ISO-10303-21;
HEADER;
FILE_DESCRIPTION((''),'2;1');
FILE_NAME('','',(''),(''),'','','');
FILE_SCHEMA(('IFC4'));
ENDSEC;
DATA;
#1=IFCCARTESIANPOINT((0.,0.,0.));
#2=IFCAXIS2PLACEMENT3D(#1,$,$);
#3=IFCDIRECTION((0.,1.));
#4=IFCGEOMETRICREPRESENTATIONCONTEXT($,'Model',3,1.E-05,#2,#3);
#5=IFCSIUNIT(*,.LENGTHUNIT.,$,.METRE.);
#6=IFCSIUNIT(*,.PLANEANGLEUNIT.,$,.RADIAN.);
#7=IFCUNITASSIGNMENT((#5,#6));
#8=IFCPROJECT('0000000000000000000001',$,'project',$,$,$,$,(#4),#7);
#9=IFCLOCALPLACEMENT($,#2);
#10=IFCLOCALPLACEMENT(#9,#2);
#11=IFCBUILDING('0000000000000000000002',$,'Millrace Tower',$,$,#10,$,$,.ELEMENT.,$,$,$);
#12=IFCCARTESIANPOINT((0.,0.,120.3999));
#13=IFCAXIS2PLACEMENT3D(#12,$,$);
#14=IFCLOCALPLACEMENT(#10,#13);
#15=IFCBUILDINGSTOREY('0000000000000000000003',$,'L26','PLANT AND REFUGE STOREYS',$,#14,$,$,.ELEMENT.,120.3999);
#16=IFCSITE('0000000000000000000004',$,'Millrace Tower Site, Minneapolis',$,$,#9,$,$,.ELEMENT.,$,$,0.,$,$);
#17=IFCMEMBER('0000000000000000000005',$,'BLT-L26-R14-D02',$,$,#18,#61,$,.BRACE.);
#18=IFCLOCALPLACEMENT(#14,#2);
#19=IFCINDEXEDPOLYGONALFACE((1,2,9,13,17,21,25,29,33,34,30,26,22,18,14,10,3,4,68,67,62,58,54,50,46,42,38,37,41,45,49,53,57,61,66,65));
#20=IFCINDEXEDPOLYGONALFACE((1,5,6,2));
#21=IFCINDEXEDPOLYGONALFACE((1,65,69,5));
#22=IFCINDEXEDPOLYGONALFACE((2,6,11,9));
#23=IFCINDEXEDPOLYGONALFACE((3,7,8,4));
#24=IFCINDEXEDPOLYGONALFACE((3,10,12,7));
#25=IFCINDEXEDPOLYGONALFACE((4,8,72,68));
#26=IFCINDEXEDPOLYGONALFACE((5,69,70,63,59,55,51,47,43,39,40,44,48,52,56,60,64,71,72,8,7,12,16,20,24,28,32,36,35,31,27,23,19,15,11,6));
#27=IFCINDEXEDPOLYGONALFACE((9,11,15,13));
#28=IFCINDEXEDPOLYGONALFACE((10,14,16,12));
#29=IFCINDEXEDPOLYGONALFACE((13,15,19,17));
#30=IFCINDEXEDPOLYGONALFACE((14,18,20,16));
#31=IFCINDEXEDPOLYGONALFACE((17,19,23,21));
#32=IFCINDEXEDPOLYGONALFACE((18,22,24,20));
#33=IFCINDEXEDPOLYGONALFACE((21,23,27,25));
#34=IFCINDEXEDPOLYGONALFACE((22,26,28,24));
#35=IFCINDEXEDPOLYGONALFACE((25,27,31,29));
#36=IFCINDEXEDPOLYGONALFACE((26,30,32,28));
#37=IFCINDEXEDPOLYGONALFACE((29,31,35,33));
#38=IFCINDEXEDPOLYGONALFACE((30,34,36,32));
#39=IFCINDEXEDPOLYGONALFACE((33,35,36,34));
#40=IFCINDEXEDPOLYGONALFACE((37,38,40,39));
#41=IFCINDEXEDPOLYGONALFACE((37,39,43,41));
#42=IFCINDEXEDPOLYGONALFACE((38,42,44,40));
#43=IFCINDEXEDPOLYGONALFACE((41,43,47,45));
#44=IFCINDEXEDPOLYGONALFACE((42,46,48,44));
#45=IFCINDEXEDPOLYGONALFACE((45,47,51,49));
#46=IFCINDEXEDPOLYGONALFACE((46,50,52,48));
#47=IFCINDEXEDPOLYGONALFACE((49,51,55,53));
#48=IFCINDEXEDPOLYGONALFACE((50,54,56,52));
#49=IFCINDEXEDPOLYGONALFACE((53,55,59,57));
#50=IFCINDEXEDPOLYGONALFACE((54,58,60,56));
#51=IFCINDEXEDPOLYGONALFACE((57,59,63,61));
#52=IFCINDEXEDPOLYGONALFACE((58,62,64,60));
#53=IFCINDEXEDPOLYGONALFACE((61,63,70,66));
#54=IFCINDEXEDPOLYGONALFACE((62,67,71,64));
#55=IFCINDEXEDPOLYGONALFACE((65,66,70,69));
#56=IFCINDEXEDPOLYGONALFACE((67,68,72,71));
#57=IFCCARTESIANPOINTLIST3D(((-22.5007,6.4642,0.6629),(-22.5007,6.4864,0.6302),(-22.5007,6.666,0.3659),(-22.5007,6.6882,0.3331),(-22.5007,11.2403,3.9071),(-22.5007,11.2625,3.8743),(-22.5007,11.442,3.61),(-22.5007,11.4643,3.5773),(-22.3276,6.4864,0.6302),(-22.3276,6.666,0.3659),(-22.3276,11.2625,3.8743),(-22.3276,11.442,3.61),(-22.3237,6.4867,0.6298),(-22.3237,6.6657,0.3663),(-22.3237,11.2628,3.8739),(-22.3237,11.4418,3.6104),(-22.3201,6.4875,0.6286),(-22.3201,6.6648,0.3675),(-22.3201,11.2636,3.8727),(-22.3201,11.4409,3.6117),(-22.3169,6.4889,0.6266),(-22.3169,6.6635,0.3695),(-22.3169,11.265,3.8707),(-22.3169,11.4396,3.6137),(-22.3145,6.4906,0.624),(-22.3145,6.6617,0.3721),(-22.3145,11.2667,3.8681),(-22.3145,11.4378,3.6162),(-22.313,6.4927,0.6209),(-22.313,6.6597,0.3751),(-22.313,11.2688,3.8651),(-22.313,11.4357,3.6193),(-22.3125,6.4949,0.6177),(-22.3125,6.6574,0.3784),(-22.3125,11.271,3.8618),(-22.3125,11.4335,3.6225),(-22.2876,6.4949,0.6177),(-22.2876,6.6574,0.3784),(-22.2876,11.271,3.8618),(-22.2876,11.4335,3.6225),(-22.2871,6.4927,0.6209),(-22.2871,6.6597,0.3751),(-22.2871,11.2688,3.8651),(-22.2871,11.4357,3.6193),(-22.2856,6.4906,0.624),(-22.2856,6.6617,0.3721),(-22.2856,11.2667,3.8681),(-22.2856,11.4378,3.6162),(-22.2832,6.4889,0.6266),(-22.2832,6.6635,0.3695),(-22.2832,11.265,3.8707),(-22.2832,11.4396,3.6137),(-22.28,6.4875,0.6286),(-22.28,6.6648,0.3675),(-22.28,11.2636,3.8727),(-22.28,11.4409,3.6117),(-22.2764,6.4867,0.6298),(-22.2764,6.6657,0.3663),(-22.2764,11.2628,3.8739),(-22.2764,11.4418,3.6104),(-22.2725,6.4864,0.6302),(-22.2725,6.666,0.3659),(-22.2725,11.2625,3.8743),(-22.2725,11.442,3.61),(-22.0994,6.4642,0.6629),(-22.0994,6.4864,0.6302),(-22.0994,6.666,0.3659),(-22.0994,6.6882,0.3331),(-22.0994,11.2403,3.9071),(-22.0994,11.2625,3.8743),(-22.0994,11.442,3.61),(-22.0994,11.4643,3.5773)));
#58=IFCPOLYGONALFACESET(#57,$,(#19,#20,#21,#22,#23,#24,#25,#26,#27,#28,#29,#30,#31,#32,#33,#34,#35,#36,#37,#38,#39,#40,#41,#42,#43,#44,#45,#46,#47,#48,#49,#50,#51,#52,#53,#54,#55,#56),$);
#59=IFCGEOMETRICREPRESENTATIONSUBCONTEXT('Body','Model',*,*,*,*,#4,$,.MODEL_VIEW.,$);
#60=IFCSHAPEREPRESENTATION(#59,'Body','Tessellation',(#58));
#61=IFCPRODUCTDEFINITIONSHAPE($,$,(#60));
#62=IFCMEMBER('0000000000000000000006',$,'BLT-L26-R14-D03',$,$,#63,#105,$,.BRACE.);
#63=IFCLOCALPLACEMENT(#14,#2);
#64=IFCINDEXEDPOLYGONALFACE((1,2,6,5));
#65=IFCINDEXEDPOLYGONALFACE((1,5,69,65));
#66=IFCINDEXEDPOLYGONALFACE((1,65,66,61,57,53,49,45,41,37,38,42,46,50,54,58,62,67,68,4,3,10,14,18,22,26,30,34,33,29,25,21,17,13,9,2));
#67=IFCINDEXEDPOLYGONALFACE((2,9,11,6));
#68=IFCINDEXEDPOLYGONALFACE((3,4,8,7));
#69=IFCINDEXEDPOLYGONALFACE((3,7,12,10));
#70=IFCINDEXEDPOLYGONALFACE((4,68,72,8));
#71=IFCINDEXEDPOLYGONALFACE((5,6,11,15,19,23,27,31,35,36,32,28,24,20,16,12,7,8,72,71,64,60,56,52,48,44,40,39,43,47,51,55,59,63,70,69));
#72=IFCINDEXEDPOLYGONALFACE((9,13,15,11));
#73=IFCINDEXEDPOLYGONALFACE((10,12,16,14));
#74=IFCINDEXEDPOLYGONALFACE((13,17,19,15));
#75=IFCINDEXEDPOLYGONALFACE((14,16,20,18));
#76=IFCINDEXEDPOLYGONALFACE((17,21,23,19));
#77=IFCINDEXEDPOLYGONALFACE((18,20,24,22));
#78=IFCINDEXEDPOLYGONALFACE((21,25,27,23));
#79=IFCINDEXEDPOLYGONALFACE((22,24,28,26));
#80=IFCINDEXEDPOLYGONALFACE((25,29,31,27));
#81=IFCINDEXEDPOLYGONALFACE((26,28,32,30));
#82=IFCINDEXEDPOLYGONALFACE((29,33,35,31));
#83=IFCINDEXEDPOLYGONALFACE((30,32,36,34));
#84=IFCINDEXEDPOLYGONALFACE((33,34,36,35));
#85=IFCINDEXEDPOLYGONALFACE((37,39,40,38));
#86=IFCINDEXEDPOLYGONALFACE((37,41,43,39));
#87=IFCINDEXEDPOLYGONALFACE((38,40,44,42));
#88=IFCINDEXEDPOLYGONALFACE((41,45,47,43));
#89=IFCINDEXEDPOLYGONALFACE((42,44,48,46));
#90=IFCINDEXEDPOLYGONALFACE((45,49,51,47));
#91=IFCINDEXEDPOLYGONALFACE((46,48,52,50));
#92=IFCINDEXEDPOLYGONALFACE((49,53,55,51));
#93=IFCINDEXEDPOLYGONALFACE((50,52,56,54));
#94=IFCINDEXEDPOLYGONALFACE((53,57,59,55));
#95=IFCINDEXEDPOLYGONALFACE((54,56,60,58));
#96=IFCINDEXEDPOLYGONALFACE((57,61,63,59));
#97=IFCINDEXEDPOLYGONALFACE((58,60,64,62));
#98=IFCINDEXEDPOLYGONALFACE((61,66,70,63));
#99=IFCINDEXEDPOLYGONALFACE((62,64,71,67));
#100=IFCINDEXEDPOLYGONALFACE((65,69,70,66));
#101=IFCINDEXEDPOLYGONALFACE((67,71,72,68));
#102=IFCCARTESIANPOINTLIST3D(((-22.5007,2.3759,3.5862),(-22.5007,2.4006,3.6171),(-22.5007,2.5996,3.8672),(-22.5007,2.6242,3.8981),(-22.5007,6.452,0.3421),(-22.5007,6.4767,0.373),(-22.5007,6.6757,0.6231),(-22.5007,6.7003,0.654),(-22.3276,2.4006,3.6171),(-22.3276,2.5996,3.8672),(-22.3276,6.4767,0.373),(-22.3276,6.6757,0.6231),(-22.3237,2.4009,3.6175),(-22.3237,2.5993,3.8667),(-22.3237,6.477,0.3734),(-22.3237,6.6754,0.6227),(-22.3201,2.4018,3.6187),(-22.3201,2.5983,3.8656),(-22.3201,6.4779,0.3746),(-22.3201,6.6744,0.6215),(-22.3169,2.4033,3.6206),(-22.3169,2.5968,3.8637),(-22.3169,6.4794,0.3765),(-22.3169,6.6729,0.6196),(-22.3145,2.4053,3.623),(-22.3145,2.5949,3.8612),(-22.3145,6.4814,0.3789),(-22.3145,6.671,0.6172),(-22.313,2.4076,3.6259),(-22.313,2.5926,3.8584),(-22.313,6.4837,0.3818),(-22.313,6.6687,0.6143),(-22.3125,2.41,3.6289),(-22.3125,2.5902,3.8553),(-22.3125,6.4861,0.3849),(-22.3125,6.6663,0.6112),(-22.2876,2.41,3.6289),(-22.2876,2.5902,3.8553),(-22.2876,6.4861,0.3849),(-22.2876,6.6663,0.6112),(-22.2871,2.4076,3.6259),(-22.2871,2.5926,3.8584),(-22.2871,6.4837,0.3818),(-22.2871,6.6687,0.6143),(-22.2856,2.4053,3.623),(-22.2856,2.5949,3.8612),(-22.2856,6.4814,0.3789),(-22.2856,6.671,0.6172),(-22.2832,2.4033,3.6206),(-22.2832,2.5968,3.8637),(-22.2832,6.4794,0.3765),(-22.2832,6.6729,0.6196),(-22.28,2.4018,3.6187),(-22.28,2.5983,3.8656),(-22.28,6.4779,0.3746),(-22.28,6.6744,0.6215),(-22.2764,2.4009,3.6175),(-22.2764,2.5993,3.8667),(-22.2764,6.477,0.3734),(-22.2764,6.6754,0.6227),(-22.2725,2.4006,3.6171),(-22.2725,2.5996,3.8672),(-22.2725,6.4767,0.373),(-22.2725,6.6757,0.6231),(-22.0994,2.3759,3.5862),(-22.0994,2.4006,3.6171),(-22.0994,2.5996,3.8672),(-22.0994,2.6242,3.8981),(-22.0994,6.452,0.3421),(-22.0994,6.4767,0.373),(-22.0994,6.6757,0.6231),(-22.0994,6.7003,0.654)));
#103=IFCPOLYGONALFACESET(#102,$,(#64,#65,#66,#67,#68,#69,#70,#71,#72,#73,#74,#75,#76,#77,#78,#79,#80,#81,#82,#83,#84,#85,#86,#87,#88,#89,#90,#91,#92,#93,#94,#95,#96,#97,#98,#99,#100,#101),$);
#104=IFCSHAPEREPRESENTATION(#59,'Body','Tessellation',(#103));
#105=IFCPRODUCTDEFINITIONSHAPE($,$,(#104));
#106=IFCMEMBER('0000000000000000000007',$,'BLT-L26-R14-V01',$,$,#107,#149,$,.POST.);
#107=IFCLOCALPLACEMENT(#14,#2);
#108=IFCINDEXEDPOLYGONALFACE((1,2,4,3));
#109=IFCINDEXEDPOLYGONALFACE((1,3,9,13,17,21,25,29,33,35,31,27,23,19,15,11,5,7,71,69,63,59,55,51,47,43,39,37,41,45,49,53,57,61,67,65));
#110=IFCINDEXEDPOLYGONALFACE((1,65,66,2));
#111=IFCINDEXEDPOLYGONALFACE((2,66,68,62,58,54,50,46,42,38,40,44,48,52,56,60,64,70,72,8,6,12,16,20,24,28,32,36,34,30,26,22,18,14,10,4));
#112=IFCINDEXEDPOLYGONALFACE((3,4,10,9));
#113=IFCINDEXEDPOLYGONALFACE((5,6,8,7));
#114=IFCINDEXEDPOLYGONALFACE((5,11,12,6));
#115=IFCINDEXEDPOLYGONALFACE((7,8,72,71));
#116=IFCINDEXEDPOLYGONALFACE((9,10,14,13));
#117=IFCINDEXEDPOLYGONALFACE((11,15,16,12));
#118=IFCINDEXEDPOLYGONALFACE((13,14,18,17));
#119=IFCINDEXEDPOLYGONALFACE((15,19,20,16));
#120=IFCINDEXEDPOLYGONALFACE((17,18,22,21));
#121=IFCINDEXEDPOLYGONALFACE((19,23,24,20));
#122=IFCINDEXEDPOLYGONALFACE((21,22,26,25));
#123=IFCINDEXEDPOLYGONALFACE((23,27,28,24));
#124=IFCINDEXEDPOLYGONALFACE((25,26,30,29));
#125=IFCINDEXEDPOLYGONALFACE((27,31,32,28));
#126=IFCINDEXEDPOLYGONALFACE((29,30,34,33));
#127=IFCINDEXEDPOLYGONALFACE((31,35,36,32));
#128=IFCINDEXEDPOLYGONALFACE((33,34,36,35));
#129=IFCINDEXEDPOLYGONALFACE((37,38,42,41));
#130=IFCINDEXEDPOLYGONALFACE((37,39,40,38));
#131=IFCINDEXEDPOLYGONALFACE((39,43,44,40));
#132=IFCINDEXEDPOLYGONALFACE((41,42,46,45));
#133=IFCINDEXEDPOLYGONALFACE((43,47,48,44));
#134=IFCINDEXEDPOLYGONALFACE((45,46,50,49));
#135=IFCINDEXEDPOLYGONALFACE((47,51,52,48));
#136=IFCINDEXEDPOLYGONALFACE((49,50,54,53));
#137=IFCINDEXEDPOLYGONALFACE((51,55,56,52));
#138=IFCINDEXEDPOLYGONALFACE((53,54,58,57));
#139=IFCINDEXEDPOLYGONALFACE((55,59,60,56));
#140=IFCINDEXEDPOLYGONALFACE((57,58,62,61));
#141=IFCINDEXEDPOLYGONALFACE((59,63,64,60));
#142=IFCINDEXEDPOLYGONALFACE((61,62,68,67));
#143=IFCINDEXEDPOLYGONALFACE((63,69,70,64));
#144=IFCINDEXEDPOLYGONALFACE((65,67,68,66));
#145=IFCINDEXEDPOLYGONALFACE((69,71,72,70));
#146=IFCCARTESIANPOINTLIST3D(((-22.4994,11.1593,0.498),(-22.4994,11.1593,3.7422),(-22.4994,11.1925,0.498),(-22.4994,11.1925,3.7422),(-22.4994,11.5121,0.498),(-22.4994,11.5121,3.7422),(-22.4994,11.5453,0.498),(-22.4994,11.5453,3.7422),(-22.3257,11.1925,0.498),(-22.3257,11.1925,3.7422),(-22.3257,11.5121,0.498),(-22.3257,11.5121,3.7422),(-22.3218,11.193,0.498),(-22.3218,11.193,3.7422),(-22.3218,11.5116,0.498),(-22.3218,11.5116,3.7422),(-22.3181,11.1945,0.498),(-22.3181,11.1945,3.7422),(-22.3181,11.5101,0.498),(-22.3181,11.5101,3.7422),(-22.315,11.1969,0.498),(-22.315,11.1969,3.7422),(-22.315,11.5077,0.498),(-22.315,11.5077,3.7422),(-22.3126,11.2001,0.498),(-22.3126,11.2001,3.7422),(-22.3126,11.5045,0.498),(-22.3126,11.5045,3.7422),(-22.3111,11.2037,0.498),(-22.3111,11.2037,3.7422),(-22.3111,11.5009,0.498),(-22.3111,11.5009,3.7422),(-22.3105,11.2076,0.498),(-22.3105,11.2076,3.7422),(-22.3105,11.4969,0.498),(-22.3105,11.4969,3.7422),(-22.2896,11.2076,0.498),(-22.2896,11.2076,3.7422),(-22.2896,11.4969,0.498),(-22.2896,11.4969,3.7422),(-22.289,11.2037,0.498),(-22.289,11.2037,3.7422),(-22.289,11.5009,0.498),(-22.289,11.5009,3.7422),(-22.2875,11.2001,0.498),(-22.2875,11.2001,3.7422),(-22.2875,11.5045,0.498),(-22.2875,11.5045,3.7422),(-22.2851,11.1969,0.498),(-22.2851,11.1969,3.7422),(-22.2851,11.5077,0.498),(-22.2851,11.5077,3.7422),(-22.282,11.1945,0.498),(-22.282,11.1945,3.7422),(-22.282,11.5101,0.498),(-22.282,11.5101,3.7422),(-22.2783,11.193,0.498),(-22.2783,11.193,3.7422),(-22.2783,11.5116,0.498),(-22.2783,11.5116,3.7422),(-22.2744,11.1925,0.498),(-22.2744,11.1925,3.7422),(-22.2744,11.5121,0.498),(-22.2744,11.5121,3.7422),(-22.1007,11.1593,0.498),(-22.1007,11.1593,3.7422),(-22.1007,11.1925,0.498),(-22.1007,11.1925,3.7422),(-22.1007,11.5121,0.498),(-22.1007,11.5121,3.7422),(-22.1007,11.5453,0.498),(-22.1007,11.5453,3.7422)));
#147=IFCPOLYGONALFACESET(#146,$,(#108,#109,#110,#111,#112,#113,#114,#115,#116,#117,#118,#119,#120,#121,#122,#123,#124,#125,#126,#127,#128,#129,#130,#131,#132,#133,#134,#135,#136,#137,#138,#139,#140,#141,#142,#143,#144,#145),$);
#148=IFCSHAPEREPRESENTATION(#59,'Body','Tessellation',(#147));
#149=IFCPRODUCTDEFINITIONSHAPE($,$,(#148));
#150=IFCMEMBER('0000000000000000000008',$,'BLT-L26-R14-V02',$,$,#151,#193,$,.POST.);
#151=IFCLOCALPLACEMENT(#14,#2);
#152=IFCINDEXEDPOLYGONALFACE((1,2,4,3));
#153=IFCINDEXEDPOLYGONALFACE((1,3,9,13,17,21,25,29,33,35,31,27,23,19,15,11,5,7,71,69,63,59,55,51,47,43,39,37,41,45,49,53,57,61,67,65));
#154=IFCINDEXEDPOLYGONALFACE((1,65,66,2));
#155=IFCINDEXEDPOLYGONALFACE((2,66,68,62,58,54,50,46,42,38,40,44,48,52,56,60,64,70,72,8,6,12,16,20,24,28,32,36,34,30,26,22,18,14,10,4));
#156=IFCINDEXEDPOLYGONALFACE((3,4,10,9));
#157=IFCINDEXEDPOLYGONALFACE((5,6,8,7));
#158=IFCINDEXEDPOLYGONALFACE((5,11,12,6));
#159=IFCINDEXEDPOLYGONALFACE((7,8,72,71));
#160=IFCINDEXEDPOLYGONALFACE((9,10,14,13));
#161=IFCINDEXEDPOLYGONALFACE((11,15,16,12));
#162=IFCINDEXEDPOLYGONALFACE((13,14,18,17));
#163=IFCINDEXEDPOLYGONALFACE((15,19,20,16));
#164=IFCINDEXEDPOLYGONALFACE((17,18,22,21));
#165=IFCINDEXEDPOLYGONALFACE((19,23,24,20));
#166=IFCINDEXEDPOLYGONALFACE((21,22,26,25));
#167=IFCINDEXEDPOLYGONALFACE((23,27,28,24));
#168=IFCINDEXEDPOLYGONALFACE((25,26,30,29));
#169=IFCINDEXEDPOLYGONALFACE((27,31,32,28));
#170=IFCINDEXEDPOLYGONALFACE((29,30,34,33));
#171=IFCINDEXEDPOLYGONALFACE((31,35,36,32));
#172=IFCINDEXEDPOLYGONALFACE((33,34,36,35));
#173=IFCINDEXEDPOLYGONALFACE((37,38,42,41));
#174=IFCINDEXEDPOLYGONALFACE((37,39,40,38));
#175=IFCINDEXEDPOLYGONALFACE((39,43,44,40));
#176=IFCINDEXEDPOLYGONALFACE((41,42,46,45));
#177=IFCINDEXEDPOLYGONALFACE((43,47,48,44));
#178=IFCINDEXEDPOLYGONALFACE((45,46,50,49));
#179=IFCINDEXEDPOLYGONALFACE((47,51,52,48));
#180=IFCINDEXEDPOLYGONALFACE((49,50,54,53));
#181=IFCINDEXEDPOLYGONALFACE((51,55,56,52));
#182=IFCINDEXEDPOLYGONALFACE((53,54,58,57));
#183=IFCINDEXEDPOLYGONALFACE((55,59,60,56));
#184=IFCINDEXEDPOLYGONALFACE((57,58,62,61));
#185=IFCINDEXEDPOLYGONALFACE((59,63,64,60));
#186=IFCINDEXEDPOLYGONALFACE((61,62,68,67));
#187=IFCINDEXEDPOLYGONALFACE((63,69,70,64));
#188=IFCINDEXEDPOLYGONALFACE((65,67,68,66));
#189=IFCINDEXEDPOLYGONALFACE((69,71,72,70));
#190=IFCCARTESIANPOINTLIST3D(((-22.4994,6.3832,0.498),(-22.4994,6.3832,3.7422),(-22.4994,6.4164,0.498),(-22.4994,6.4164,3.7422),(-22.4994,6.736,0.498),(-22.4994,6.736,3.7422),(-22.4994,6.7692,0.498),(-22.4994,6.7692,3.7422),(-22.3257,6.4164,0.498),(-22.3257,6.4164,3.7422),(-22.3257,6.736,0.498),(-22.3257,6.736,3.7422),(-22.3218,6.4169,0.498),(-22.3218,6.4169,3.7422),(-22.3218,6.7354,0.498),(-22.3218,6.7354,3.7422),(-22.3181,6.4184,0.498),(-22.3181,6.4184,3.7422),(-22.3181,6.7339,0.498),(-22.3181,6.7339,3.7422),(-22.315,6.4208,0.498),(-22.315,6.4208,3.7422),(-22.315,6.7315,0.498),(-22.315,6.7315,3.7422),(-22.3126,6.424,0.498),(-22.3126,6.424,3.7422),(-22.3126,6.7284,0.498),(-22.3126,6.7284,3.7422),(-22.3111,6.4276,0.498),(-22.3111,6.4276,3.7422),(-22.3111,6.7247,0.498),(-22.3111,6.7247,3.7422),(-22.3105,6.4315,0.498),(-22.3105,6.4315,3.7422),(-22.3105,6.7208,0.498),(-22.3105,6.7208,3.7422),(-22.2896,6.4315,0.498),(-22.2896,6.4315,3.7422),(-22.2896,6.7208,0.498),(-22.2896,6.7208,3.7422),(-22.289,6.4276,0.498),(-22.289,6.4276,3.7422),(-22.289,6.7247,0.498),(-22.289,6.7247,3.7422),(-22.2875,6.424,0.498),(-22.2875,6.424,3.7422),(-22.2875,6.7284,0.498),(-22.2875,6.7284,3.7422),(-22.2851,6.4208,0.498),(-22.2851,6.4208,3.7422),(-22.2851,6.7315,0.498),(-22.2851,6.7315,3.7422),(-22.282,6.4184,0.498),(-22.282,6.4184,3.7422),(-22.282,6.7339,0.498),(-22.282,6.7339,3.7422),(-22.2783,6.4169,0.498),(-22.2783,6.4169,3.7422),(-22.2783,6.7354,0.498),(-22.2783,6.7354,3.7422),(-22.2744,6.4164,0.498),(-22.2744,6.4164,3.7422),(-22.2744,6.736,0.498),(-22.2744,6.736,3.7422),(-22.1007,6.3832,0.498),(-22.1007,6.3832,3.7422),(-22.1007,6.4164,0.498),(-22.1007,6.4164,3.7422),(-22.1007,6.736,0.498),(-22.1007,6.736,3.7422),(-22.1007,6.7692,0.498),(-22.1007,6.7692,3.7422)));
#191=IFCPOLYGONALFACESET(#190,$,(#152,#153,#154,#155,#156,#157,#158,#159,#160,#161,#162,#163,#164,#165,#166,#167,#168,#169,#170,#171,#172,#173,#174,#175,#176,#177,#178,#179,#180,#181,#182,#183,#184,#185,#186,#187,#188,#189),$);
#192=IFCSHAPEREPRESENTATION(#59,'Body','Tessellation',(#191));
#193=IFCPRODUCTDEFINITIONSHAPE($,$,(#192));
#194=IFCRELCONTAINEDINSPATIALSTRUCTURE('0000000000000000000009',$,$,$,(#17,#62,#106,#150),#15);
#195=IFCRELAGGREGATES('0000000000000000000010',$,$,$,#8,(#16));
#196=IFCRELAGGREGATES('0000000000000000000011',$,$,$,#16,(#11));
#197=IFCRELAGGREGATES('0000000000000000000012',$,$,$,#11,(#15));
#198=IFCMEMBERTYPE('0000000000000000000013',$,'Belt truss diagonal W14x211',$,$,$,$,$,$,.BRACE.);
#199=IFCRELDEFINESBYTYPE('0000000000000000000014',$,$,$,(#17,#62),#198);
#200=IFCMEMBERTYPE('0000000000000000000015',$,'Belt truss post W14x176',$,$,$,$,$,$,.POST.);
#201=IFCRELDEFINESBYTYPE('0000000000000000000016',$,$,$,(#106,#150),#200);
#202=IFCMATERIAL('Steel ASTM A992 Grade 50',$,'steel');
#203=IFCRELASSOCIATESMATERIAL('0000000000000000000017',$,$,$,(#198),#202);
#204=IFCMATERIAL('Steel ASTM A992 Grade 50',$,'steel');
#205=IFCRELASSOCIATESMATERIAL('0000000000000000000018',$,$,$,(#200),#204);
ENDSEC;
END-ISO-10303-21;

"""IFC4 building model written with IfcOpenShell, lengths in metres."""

from ifc_helpers import new_model, si_unit, direction, frame, origin, origin_2d, place, context, subcontext, project, spatial, i_section, extrude, material, material_profile, profile_set, type_object, element, save


model = new_model("IFC4")

# Units and contexts
model_context = context("Model", 3, precision=1e-05, world=origin(), true_north=direction((0.0, 1.0)))
body_context = subcontext(model_context, "Body", "Model", "MODEL_VIEW")
ifc_project = project(units=[si_unit("LENGTHUNIT", "METRE"), si_unit("PLANEANGLEUNIT", "RADIAN")], contexts=[model_context])

# Site, building, storey
site_placement = place(None, origin())
site = spatial("IfcSite", under=ifc_project, at=site_placement, Name="Millrace Tower Site, Minneapolis", CompositionType="ELEMENT", RefElevation=0.0)
building_placement = place(site_placement, origin())
building = spatial("IfcBuilding", under=site, at=building_placement, Name="Millrace Tower", CompositionType="ELEMENT")
storey_placement = place(building_placement, frame((0.0, 0.0, 120.3999)))
storey = spatial("IfcBuildingStorey", under=building, at=storey_placement, Name="L26", Description="PLANT AND REFUGE STOREYS", CompositionType="ELEMENT", Elevation=120.3999)

# Members
ifc_material_1 = material(Name="Steel ASTM A992 Grade 50", Category="steel")
ifc_material_profile_1 = material_profile(ifc_material_1, i_section(OverallWidth=0.4014, OverallDepth=0.3987, WebThickness=0.0249, FlangeThickness=0.0396, FilletRadius=0.0151, at=origin_2d()))
ifc_profile_set_1 = profile_set([ifc_material_profile_1], Name="Steel ASTM A992 Grade 50")
member_type_1 = type_object("IfcMemberType", Name="Belt truss diagonal W14x211", PredefinedType="BRACE", material=ifc_profile_set_1)
member_1_placement = place(storey_placement, frame((-22.3, 6.5762, 0.498), z_axis=(0.0, 0.827218, 0.561881), x_axis=(-1.0, 0.0, 0.0)))
element("IfcMember", 1, at=member_1_placement, inside=storey, type_object=member_type_1, Name="BLT-L26-R14-D02", PredefinedType="BRACE", context=body_context, shape_type="SweptSolid", body=[
    extrude(i_section(OverallWidth=0.4014, OverallDepth=0.3987, WebThickness=0.0249, FlangeThickness=0.0396, FilletRadius=0.0151, at=origin_2d()), origin(), (0.0, 0.0, 1.0), 5.7737),
])
member_2_placement = place(storey_placement, frame((-22.3, 6.5762, 0.498), z_axis=(0.0, -0.782439, 0.622727), x_axis=(1.0, 0.0, 0.0)))
element("IfcMember", 2, at=member_2_placement, inside=storey, type_object=member_type_1, Name="BLT-L26-R14-D03", PredefinedType="BRACE", context=body_context, shape_type="SweptSolid", body=[
    extrude(i_section(OverallWidth=0.4014, OverallDepth=0.3987, WebThickness=0.0249, FlangeThickness=0.0396, FilletRadius=0.0151, at=origin_2d()), origin(), (0.0, 0.0, 1.0), 5.2095),
])
ifc_material_2 = material(Name="Steel ASTM A992 Grade 50", Category="steel")
ifc_material_profile_2 = material_profile(ifc_material_2, i_section(OverallWidth=0.3987, OverallDepth=0.386, WebThickness=0.021, FlangeThickness=0.0332, FilletRadius=0.0151, at=origin_2d()))
ifc_profile_set_2 = profile_set([ifc_material_profile_2], Name="Steel ASTM A992 Grade 50")
member_type_2 = type_object("IfcMemberType", Name="Belt truss post W14x176", PredefinedType="POST", material=ifc_profile_set_2)
for number, where, z_axis, x_axis, name in (
    (3, (-22.3, 11.3523, 0.498), (0.0, 0.0, 1.0), (1.0, 0.0, 0.0), "BLT-L26-R14-V01"),
    (4, (-22.3, 6.5762, 0.498), (0.0, 0.0, 1.0), (1.0, 0.0, 0.0), "BLT-L26-R14-V02"),
):
    element("IfcMember", number, at=place(storey_placement, frame(where, z_axis=z_axis, x_axis=x_axis)), inside=storey, type_object=member_type_2, Name=name, PredefinedType="POST", context=body_context, shape_type="SweptSolid", body=[
        extrude(i_section(OverallWidth=0.3987, OverallDepth=0.386, WebThickness=0.021, FlangeThickness=0.0332, FilletRadius=0.0151, at=origin_2d()), origin(), (0.0, 0.0, 1.0), 3.2441),
    ])

save(model, "model.ifc")
